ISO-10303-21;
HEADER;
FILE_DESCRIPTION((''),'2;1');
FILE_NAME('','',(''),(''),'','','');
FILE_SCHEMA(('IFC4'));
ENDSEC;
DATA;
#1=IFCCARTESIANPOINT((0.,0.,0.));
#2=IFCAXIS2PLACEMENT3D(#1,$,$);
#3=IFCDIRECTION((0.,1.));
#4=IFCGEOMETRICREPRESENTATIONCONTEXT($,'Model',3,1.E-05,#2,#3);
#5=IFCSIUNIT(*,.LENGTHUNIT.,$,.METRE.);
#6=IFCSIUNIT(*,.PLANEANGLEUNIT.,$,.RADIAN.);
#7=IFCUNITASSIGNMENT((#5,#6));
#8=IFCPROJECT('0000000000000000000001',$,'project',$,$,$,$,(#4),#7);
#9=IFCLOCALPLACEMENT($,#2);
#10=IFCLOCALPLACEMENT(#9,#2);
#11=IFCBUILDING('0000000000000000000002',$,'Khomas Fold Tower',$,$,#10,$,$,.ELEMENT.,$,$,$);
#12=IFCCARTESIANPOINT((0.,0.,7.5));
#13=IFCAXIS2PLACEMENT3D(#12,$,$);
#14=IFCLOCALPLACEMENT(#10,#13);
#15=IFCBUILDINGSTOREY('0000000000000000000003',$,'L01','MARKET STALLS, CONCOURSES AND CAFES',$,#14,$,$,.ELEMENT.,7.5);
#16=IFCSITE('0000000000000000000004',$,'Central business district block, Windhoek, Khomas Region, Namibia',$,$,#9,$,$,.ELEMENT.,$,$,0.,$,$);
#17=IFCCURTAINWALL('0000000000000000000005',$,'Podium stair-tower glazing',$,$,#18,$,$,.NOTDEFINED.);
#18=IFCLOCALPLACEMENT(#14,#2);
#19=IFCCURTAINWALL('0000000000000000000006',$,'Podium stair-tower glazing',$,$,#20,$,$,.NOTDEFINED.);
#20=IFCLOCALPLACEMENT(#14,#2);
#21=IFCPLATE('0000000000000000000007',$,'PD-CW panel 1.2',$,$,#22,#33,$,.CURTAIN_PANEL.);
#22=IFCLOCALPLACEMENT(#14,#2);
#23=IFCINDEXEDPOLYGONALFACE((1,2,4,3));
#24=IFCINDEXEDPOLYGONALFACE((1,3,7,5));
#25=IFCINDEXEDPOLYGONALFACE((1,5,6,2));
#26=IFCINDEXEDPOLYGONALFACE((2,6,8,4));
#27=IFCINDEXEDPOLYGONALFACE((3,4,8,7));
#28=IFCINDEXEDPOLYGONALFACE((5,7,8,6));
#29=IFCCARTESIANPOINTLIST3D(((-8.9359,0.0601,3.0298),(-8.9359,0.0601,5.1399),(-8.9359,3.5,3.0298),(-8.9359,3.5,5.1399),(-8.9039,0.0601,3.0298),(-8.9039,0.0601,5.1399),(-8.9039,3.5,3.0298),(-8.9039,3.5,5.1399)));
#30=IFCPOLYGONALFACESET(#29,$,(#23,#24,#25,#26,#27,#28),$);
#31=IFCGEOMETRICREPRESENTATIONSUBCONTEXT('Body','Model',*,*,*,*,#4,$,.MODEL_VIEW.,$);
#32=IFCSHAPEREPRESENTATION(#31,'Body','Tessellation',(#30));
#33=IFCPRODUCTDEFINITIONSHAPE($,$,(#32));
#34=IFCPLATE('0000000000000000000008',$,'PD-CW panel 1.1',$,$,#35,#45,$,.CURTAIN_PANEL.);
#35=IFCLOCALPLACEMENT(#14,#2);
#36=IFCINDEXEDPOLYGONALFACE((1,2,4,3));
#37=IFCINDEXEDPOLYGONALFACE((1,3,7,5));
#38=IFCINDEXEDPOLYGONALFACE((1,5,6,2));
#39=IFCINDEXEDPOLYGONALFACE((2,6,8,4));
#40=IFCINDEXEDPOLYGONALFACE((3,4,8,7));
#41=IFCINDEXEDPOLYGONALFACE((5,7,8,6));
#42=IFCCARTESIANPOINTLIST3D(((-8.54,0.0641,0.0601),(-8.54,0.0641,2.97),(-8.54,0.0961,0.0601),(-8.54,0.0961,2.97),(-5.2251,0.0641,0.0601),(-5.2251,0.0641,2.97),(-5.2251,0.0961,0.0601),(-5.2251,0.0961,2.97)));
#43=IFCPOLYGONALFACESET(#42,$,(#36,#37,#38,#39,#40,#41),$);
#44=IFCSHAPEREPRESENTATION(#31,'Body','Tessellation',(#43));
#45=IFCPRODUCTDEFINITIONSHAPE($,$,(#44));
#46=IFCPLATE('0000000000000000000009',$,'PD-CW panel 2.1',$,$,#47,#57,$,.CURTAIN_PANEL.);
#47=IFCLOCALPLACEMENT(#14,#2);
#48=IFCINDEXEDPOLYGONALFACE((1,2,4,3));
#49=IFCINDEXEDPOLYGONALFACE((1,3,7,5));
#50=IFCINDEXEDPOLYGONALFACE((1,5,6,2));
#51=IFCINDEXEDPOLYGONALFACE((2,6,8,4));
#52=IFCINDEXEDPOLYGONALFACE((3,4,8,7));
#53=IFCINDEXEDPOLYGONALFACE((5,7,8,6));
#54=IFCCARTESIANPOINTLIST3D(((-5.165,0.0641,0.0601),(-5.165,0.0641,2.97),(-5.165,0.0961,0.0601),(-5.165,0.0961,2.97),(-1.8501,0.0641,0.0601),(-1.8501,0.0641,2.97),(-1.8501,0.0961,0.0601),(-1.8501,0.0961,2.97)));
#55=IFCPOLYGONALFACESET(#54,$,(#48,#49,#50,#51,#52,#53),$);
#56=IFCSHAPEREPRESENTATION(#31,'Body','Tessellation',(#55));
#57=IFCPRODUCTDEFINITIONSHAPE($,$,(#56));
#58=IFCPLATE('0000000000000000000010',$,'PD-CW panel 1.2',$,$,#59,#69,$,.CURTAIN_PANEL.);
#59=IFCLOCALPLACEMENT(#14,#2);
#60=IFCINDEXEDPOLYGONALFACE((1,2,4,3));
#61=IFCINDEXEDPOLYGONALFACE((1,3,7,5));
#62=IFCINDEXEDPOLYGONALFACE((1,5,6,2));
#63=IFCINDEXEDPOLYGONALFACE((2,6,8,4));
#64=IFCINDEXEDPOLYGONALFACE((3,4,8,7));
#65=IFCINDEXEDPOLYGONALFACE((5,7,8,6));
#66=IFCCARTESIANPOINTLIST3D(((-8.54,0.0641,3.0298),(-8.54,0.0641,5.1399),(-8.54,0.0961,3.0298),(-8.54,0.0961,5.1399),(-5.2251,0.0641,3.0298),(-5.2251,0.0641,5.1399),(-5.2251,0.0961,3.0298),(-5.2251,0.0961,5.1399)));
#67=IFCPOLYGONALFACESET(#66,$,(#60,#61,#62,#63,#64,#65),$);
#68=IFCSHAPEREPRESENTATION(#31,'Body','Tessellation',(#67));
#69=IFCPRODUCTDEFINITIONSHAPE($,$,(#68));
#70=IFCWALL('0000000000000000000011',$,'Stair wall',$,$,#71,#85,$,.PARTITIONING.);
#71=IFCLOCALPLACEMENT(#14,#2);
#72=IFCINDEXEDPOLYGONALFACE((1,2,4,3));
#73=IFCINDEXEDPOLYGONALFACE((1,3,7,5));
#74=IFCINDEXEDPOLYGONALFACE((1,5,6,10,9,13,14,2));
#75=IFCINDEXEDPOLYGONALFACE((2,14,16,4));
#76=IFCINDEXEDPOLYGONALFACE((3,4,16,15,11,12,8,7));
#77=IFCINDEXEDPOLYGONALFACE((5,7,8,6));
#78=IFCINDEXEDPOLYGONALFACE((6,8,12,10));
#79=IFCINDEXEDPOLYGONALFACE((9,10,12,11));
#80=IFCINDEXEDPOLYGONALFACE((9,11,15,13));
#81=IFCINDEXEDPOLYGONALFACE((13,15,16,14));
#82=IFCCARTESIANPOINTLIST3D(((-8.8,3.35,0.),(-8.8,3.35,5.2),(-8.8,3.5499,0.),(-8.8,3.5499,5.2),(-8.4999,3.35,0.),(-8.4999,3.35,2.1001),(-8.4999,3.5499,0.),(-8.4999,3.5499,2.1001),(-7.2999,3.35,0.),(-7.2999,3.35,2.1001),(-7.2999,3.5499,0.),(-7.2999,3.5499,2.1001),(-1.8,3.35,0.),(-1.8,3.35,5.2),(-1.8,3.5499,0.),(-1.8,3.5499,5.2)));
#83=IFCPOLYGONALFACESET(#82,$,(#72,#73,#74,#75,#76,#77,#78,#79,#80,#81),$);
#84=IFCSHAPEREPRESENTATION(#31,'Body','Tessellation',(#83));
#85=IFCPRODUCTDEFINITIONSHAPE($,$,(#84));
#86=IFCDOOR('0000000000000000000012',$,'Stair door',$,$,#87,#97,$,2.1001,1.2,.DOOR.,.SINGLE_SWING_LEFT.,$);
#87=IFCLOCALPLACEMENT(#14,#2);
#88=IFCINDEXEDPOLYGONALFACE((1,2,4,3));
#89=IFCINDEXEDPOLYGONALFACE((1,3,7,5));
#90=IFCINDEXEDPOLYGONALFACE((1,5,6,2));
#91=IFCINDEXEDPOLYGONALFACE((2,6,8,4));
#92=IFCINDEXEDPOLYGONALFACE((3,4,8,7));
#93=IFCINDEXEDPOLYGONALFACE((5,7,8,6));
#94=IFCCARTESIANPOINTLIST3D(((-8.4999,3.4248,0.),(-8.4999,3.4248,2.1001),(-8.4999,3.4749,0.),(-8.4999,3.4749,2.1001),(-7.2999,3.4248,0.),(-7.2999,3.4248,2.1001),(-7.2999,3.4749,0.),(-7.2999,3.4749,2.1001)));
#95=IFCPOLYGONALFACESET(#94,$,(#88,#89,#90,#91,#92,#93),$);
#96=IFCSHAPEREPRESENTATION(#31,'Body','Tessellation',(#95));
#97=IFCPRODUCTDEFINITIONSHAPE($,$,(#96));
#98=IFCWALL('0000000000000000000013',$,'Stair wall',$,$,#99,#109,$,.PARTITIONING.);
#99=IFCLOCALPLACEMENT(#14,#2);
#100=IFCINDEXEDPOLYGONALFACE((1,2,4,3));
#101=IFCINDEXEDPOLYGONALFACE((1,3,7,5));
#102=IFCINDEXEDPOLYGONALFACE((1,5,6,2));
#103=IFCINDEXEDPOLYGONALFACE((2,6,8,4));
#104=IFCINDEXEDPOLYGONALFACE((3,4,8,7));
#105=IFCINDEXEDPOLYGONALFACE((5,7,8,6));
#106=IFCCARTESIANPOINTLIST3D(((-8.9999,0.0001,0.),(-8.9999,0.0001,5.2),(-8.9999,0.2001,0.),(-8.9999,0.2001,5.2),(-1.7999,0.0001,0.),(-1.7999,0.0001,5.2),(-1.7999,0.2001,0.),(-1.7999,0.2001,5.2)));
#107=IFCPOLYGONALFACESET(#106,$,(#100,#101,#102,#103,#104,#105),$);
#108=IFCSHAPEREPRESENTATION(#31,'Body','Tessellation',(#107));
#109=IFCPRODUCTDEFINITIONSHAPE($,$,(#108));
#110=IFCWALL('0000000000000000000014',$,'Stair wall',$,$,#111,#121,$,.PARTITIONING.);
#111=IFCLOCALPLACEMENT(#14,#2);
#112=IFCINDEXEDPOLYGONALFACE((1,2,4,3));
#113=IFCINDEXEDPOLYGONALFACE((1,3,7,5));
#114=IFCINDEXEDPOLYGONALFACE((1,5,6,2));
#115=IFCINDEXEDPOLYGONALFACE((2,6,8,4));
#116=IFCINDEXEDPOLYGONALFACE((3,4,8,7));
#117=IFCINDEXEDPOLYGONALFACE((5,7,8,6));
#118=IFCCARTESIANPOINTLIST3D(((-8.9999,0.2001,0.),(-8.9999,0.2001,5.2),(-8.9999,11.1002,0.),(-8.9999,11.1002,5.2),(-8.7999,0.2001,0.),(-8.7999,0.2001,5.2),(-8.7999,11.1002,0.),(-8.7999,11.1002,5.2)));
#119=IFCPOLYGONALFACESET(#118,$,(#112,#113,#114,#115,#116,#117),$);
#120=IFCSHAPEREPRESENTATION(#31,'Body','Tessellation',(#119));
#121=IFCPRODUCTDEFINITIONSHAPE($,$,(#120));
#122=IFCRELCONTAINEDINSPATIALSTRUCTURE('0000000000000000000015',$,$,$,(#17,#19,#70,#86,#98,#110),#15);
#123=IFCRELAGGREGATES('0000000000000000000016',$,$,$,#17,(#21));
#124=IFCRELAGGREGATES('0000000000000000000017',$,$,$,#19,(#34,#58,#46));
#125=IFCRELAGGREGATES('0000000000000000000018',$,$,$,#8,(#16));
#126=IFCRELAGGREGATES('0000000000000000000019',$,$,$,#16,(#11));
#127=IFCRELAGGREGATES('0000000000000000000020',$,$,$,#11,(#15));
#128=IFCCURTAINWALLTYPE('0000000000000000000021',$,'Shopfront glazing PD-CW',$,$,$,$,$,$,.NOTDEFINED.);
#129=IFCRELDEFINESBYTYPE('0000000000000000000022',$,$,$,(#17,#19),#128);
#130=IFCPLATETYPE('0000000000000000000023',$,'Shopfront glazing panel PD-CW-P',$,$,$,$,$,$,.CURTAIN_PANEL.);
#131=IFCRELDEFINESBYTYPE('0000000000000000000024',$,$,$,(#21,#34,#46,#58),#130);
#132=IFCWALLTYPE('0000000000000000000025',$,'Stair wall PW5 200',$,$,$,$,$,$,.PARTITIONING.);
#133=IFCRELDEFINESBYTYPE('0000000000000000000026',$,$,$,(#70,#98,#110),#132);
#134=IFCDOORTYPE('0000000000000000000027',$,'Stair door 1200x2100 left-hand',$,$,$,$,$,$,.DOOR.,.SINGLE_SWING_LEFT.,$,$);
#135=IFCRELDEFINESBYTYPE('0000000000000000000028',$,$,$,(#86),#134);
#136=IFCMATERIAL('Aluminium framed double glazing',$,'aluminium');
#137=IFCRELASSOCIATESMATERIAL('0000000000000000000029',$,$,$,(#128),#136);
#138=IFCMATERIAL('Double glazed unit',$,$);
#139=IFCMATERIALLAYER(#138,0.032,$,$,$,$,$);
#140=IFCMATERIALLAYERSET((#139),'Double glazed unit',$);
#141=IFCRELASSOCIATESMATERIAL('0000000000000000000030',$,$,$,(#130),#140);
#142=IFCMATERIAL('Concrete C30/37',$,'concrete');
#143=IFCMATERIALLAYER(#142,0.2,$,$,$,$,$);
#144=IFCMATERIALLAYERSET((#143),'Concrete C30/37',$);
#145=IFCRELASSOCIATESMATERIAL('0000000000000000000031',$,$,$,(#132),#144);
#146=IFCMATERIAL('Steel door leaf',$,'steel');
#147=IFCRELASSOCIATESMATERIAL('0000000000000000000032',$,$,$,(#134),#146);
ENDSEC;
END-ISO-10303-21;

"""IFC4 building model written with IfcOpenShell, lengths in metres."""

from ifc_helpers import new_model, si_unit, direction, frame, frame_2d, origin, origin_2d, place, context, subcontext, project, spatial, rectangle, extrude, source, transform, mapped, material, layer, layer_set, type_object, element, fill, aggregate, save


model = new_model("IFC4")

# Units and contexts
model_context = context("Model", 3, precision=1e-05, world=origin(), true_north=direction((0.0, 1.0)))
body_context = subcontext(model_context, "Body", "Model", "MODEL_VIEW")
ifc_project = project(units=[si_unit("LENGTHUNIT", "METRE"), si_unit("PLANEANGLEUNIT", "RADIAN")], contexts=[model_context])

# Site, building, storey
site_placement = place(None, origin())
site = spatial("IfcSite", under=ifc_project, at=site_placement, Name="Central business district block, Windhoek, Khomas Region, Namibia", CompositionType="ELEMENT", RefElevation=0.0)
building_placement = place(site_placement, origin())
building = spatial("IfcBuilding", under=site, at=building_placement, Name="Khomas Fold Tower", CompositionType="ELEMENT")
storey_placement = place(building_placement, frame((0.0, 0.0, 7.5)))
storey = spatial("IfcBuildingStorey", under=building, at=storey_placement, Name="L01", Description="MARKET STALLS, CONCOURSES AND CAFES", CompositionType="ELEMENT", Elevation=7.5)

# Curtain wall
ifc_material_1 = material(Name="Aluminium framed double glazing", Category="aluminium")
curtain_wall_type = type_object("IfcCurtainWallType", Name="Shopfront glazing PD-CW", PredefinedType="NOTDEFINED", material=ifc_material_1)
curtain_wall_1_placement = place(storey_placement, origin())
curtain_wall_1 = element("IfcCurtainWall", 1, at=curtain_wall_1_placement, inside=storey, type_object=curtain_wall_type, Name="Podium stair-tower glazing", PredefinedType="NOTDEFINED")

# Curtain wall
curtain_wall_2_placement = place(storey_placement, origin())
curtain_wall_2 = element("IfcCurtainWall", 2, at=curtain_wall_2_placement, inside=storey, type_object=curtain_wall_type, Name="Podium stair-tower glazing", PredefinedType="NOTDEFINED")

# Plates
ifc_material_2 = material(Name="Double glazed unit")
ifc_layer_1 = layer(ifc_material_2, 0.032)
ifc_layer_set_1 = layer_set([ifc_layer_1], Name="Double glazed unit")
plate_type = type_object("IfcPlateType", Name="Shopfront glazing panel PD-CW-P", PredefinedType="CURTAIN_PANEL", material=ifc_layer_set_1)
shared_shape_1 = source(origin(), body_context, "Body", "SweptSolid", [
    extrude(rectangle(XDim=3.4399, YDim=0.032, at=origin_2d()), origin(), (0.0, 0.0, 1.0), 2.1101),
])
plate_1_placement = place(storey_placement, frame((-8.9199, 1.78, 3.0298), z_axis=(0.0, 0.0, 1.0), x_axis=(0.0, -1.0, 0.0)))
plate_1 = element("IfcPlate", 3, at=plate_1_placement, type_object=plate_type, Name="PD-CW panel 1.2", PredefinedType="CURTAIN_PANEL", context=body_context, shape_type="MappedRepresentation", body=[
    mapped(shared_shape_1, transform((0.0, 0.0, 0.0))),
])
aggregate(curtain_wall_1, [plate_1])
shared_shape_2 = source(origin(), body_context, "Body", "SweptSolid", [
    extrude(rectangle(XDim=3.3149, YDim=0.032, at=origin_2d()), origin(), (0.0, 0.0, 1.0), 2.9099),
])
plate_2_placement = place(storey_placement, frame((-6.8826, 0.0801, 0.0601), z_axis=(0.0, 0.0, 1.0), x_axis=(1.0, 0.0, 0.0)))
plate_2 = element("IfcPlate", 4, at=plate_2_placement, type_object=plate_type, Name="PD-CW panel 1.1", PredefinedType="CURTAIN_PANEL", context=body_context, shape_type="MappedRepresentation", body=[
    mapped(shared_shape_2, transform((0.0, 0.0, 0.0))),
])
plate_3_placement = place(storey_placement, frame((-3.5076, 0.0801, 0.0601), z_axis=(0.0, 0.0, 1.0), x_axis=(1.0, 0.0, 0.0)))
plate_3 = element("IfcPlate", 5, at=plate_3_placement, type_object=plate_type, Name="PD-CW panel 2.1", PredefinedType="CURTAIN_PANEL", context=body_context, shape_type="MappedRepresentation", body=[
    mapped(shared_shape_2, transform((0.0, 0.0, 0.0))),
])
shared_shape_3 = source(origin(), body_context, "Body", "SweptSolid", [
    extrude(rectangle(XDim=3.3149, YDim=0.032, at=origin_2d()), origin(), (0.0, 0.0, 1.0), 2.1101),
])
plate_4_placement = place(storey_placement, frame((-6.8826, 0.0801, 3.0298), z_axis=(0.0, 0.0, 1.0), x_axis=(1.0, 0.0, 0.0)))
plate_4 = element("IfcPlate", 6, at=plate_4_placement, type_object=plate_type, Name="PD-CW panel 1.2", PredefinedType="CURTAIN_PANEL", context=body_context, shape_type="MappedRepresentation", body=[
    mapped(shared_shape_3, transform((0.0, 0.0, 0.0))),
])
aggregate(curtain_wall_2, [plate_2, plate_4, plate_3])

# Wall, opening, door
ifc_material_3 = material(Name="Concrete C30/37", Category="concrete")
ifc_layer_2 = layer(ifc_material_3, 0.2)
ifc_layer_set_2 = layer_set([ifc_layer_2], Name="Concrete C30/37")
wall_type = type_object("IfcWallType", Name="Stair wall PW5 200", PredefinedType="PARTITIONING", material=ifc_layer_set_2)
shared_shape_4 = source(origin(), body_context, "Body", "SweptSolid", [
    extrude(rectangle(XDim=7.0, YDim=0.2, at=frame_2d((3.5, 0.0))), origin(), (0.0, 0.0, 1.0), 5.2),
])
wall_1_placement = place(storey_placement, frame((-8.8, 3.45, 0.0), z_axis=(0.0, 0.0, 1.0), x_axis=(1.0, 0.0, 0.0)))
wall_1 = element("IfcWall", 7, at=wall_1_placement, inside=storey, type_object=wall_type, Name="Stair wall", PredefinedType="PARTITIONING", context=body_context, shape_type="MappedRepresentation", body=[
    mapped(shared_shape_4, transform((0.0, 0.0, 0.0))),
])
shared_shape_5 = source(origin(), body_context, "Body", "SweptSolid", [
    extrude(rectangle(XDim=1.2, YDim=2.1001, at=frame_2d((0.6001, 1.05))), frame((0.0, 0.1099, 0.0), z_axis=(0.0, -1.0, 0.0), x_axis=(1.0, 0.0, 0.0)), (0.0, 0.0, 1.0), 0.22),
])
opening_placement = place(wall_1_placement, frame((0.3, 0.0, 0.0)))
opening = element("IfcOpeningElement", 8, at=opening_placement, cuts=wall_1, PredefinedType="OPENING", context=body_context, shape_type="MappedRepresentation", body=[
    mapped(shared_shape_5, transform((0.0, 0.0, 0.0))),
])
ifc_material_4 = material(Name="Steel door leaf", Category="steel")
door_type = type_object("IfcDoorType", Name="Stair door 1200x2100 left-hand", OperationType="SINGLE_SWING_LEFT", PredefinedType="DOOR", material=ifc_material_4)
shared_shape_6 = source(origin(), body_context, "Body", "SweptSolid", [
    extrude(rectangle(XDim=1.2, YDim=2.1001, at=frame_2d((0.6001, 1.05))), frame((0.0, 0.0249, 0.0), z_axis=(0.0, -1.0, 0.0), x_axis=(1.0, 0.0, 0.0)), (0.0, 0.0, 1.0), 0.05),
])
door_placement = place(opening_placement, origin())
door = element("IfcDoor", 9, at=door_placement, inside=storey, type_object=door_type, Name="Stair door", OperationType="SINGLE_SWING_LEFT", OverallHeight=2.1001, OverallWidth=1.2, PredefinedType="DOOR", context=body_context, shape_type="MappedRepresentation", body=[
    mapped(shared_shape_6, transform((0.0, 0.0, 0.0))),
])
fill(opening, door)

# Walls
shared_shape_7 = source(origin(), body_context, "Body", "SweptSolid", [
    extrude(rectangle(XDim=7.2, YDim=0.2, at=frame_2d((3.6001, 0.0))), origin(), (0.0, 0.0, 1.0), 5.2),
])
wall_2_placement = place(storey_placement, frame((-9.0, 0.1001, 0.0), z_axis=(0.0, 0.0, 1.0), x_axis=(1.0, 0.0, 0.0)))
element("IfcWall", 10, at=wall_2_placement, inside=storey, type_object=wall_type, Name="Stair wall", PredefinedType="PARTITIONING", context=body_context, shape_type="MappedRepresentation", body=[
    mapped(shared_shape_7, transform((0.0, 0.0, 0.0))),
])
shared_shape_8 = source(origin(), body_context, "Body", "SweptSolid", [
    extrude(rectangle(XDim=10.9001, YDim=0.2, at=frame_2d((5.4502, 0.0))), origin(), (0.0, 0.0, 1.0), 5.2),
])
wall_3_placement = place(storey_placement, frame((-8.8999, 0.2, 0.0), z_axis=(0.0, 0.0, 1.0), x_axis=(0.0, 1.0, 0.0)))
element("IfcWall", 11, at=wall_3_placement, inside=storey, type_object=wall_type, Name="Stair wall", PredefinedType="PARTITIONING", context=body_context, shape_type="MappedRepresentation", body=[
    mapped(shared_shape_8, transform((0.0, 0.0, 0.0))),
])

save(model, "model.ifc")
